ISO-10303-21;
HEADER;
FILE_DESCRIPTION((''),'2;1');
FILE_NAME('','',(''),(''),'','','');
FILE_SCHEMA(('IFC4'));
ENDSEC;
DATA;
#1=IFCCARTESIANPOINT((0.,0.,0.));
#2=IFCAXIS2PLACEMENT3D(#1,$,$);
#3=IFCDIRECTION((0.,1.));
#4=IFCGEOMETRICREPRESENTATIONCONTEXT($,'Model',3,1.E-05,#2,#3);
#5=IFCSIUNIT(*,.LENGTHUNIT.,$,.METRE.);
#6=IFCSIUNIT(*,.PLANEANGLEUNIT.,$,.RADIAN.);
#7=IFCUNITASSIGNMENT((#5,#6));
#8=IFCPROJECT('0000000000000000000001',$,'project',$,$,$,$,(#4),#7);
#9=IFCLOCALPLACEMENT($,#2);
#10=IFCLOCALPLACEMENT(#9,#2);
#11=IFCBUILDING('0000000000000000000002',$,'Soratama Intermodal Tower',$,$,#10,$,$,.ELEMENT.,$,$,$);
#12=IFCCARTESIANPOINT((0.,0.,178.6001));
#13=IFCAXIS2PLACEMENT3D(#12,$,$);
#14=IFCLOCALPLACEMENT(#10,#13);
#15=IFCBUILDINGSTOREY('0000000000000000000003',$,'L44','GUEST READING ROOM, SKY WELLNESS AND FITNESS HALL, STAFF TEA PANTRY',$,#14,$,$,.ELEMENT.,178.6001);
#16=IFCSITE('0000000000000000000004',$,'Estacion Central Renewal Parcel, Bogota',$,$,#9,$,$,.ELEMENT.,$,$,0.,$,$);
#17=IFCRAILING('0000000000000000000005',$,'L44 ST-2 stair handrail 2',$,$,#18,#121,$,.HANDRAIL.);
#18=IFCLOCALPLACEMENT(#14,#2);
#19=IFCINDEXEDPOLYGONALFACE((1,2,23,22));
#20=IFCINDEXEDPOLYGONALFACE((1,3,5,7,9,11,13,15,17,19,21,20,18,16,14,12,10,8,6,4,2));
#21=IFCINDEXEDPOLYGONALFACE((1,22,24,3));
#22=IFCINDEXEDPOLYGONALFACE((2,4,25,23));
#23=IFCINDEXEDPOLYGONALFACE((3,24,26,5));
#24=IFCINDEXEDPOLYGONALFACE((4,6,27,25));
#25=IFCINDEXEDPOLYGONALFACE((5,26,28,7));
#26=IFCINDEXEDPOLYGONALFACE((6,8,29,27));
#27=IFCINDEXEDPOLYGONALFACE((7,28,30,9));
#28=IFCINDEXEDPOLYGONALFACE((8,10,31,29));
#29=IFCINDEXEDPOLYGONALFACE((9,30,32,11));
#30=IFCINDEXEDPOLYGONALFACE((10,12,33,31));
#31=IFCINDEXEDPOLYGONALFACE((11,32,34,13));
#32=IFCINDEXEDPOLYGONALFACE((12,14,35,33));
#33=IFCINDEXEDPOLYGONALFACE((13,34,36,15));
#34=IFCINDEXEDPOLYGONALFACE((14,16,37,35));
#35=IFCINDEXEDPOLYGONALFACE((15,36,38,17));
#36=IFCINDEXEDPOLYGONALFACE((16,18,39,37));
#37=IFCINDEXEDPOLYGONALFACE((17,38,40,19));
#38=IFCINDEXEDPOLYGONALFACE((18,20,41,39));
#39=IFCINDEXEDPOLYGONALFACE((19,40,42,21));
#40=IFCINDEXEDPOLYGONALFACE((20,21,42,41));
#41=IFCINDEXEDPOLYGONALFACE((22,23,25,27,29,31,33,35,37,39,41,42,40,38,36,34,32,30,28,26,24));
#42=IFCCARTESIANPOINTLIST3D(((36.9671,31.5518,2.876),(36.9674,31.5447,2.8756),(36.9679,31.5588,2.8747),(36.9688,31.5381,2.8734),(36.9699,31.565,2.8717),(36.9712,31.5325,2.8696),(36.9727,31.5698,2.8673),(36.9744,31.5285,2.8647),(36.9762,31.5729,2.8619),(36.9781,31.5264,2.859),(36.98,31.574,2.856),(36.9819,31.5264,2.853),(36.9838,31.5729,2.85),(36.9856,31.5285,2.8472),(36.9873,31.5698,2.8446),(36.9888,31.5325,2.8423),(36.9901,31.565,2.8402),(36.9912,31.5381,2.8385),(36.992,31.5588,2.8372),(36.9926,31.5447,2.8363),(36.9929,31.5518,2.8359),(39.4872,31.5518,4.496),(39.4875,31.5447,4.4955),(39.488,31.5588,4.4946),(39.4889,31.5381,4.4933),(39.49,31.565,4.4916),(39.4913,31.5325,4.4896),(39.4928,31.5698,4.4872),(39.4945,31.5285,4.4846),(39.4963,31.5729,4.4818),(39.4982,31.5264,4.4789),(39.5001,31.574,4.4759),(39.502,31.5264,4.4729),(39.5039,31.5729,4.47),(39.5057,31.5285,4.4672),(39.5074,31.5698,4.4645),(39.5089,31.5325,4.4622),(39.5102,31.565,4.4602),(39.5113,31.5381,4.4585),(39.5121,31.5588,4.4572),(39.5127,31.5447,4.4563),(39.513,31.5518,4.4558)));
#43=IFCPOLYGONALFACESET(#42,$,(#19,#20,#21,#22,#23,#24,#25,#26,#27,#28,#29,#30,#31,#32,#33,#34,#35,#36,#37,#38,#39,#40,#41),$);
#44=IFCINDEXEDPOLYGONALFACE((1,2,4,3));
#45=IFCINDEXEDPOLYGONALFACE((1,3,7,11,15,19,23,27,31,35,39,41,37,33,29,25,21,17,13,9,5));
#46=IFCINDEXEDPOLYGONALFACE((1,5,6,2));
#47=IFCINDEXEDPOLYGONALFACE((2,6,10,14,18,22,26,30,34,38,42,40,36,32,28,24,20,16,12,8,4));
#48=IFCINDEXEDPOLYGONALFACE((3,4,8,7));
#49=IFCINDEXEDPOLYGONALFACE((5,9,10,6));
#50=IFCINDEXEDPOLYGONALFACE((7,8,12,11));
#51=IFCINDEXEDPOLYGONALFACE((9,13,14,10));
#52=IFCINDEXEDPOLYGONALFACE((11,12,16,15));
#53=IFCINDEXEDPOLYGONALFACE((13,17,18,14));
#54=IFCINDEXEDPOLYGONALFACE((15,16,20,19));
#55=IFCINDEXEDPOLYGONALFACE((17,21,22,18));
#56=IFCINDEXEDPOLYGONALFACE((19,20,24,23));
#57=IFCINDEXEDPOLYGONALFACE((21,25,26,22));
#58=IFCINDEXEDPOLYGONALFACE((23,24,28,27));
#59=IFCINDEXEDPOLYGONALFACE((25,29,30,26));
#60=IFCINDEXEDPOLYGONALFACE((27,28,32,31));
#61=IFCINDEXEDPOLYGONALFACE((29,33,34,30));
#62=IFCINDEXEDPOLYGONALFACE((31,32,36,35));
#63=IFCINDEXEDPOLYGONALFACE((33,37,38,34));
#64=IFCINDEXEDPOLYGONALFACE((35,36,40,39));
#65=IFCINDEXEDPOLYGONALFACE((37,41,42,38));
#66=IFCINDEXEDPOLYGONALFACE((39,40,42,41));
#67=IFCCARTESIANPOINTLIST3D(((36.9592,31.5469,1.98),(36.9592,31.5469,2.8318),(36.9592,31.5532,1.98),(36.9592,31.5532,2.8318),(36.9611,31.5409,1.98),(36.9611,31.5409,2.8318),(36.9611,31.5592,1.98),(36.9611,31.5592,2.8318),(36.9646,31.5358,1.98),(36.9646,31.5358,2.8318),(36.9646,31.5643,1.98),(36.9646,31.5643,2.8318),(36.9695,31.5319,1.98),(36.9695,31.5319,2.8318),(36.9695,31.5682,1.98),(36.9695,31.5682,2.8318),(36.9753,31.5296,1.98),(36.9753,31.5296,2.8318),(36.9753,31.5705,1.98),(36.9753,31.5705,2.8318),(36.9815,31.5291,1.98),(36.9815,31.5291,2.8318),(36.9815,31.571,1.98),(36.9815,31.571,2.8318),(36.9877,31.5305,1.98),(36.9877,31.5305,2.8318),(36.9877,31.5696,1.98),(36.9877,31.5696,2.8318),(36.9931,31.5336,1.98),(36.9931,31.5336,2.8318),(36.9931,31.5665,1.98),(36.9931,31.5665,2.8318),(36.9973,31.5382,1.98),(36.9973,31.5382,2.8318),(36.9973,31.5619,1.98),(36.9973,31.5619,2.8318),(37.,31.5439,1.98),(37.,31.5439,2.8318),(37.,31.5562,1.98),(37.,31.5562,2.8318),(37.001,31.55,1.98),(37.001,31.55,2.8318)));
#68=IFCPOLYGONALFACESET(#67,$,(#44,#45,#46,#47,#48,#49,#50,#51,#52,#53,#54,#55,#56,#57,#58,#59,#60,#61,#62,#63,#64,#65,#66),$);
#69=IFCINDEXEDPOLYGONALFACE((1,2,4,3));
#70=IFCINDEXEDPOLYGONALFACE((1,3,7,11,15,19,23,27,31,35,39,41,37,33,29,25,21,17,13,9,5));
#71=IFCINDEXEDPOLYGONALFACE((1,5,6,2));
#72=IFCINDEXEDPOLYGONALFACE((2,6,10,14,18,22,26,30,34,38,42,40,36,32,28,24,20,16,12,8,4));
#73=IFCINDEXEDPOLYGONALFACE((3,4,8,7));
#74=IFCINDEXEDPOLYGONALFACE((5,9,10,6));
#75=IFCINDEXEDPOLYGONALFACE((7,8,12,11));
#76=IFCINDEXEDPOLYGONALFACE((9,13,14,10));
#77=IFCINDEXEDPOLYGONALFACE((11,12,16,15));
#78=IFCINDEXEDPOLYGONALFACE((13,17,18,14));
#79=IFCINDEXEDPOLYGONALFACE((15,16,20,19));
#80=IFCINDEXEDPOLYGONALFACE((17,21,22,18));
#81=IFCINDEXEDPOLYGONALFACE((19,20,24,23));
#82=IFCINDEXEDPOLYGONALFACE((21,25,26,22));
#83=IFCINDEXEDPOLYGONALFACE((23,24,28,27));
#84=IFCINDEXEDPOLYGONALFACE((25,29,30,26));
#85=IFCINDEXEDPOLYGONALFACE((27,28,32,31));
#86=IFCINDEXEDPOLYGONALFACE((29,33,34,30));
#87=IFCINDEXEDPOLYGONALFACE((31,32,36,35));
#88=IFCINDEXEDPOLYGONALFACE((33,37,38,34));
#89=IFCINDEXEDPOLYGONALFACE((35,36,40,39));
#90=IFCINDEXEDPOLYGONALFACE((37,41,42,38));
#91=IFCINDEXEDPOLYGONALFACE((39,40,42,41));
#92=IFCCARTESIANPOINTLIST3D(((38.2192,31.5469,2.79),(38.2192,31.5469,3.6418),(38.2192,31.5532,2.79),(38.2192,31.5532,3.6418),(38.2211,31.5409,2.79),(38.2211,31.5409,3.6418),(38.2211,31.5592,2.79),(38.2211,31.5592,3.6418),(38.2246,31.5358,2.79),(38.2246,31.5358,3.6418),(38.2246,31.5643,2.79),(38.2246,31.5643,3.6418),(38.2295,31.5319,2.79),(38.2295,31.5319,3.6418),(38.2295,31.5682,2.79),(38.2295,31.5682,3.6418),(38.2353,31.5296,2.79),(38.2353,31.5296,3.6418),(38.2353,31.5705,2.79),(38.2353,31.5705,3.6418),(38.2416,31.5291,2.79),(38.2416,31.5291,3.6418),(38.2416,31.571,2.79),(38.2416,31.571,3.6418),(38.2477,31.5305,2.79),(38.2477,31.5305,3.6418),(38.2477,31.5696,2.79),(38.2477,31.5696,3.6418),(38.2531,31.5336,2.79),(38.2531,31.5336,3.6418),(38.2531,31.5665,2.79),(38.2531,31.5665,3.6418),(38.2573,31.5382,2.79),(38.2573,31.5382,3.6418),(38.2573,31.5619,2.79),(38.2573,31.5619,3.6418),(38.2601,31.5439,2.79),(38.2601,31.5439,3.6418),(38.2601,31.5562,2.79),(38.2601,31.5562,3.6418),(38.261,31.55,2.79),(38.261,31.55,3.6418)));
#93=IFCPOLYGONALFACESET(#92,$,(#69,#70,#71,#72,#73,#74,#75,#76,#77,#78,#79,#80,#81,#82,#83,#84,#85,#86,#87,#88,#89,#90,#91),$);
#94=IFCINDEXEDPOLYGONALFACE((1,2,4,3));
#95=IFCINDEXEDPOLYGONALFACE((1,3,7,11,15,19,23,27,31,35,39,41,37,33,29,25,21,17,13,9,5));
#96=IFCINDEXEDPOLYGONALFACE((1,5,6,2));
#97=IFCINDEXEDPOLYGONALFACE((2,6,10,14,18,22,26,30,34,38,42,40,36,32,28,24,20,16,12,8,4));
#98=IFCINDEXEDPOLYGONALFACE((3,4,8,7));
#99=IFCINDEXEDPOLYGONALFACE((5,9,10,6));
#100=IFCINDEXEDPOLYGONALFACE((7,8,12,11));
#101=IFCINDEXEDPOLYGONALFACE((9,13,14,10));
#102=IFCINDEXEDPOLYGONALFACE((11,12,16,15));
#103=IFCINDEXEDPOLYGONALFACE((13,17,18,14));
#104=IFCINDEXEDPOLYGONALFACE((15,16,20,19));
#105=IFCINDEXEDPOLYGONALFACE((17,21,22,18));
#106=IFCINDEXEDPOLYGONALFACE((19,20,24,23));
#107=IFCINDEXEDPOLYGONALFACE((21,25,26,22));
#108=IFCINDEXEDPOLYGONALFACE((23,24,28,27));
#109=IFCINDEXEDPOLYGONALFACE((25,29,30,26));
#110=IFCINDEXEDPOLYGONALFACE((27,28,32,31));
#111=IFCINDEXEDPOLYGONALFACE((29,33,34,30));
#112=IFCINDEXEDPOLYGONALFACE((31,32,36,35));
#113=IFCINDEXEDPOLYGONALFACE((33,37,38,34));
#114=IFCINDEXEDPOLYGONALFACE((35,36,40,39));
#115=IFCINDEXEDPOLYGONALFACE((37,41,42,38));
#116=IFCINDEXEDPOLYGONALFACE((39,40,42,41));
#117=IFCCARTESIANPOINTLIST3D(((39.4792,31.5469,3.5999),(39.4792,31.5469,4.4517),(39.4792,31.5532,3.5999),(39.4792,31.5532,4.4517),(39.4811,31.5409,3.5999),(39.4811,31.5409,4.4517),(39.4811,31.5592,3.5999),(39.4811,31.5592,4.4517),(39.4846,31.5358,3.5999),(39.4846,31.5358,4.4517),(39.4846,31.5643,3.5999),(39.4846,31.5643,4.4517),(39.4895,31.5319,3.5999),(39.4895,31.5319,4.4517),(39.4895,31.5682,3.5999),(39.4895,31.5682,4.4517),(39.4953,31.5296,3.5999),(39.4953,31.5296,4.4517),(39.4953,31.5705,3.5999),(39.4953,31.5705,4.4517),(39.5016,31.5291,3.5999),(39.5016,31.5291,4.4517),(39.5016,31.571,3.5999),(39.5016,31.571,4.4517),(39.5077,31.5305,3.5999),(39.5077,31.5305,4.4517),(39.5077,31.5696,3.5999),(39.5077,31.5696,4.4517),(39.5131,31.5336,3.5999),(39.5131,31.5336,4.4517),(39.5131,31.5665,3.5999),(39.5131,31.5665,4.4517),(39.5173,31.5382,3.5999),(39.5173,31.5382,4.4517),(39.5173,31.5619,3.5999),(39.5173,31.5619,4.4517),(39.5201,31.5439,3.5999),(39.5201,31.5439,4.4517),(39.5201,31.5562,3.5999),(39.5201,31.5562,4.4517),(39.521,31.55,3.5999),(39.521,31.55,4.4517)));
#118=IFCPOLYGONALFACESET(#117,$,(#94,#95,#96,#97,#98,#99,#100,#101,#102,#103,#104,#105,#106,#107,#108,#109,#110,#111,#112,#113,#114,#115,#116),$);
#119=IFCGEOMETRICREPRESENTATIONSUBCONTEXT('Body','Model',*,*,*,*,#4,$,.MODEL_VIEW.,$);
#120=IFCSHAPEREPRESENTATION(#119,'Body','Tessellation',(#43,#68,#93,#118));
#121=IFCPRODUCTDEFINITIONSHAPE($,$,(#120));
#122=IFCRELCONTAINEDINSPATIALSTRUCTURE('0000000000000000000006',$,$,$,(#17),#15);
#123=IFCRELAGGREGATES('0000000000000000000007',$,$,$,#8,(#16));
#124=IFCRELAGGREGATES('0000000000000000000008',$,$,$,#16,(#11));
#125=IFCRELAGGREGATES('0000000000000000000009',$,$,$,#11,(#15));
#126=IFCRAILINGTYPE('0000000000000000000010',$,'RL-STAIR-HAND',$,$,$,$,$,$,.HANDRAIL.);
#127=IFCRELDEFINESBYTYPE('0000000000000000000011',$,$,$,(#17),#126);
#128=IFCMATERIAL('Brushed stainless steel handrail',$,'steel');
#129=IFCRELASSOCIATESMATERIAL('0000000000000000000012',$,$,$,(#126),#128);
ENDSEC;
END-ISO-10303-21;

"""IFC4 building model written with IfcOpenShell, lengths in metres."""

from ifc_helpers import new_model, si_unit, direction, frame, origin, origin_2d, place, context, subcontext, project, spatial, circle, extrude, material, type_object, element, save


model = new_model("IFC4")

# Units and contexts
model_context = context("Model", 3, precision=1e-05, world=origin(), true_north=direction((0.0, 1.0)))
body_context = subcontext(model_context, "Body", "Model", "MODEL_VIEW")
ifc_project = project(units=[si_unit("LENGTHUNIT", "METRE"), si_unit("PLANEANGLEUNIT", "RADIAN")], contexts=[model_context])

# Site, building, storey
site_placement = place(None, origin())
site = spatial("IfcSite", under=ifc_project, at=site_placement, Name="Estacion Central Renewal Parcel, Bogota", CompositionType="ELEMENT", RefElevation=0.0)
building_placement = place(site_placement, origin())
building = spatial("IfcBuilding", under=site, at=building_placement, Name="Soratama Intermodal Tower", CompositionType="ELEMENT")
storey_placement = place(building_placement, frame((0.0, 0.0, 178.6001)))
storey = spatial("IfcBuildingStorey", under=building, at=storey_placement, Name="L44", Description="GUEST READING ROOM, SKY WELLNESS AND FITNESS HALL, STAFF TEA PANTRY", CompositionType="ELEMENT", Elevation=178.6001)

# Railing
ifc_material_1 = material(Name="Brushed stainless steel handrail", Category="steel")
railing_type_1 = type_object("IfcRailingType", Name="RL-STAIR-HAND", PredefinedType="HANDRAIL", material=ifc_material_1)
railing_1_placement = place(storey_placement, frame((36.98, 31.55, 1.98)))
element("IfcRailing", 1, at=railing_1_placement, inside=storey, type_object=railing_type_1, Name="L44 ST-2 stair handrail 2", PredefinedType="HANDRAIL", context=body_context, shape_type="SweptSolid", body=[
    extrude(circle(Radius=0.0239, at=origin_2d()), frame((0.0, 0.0, 0.876), z_axis=(0.8412, 0.0, 0.540725), x_axis=(0.0, 1.0, 0.0)), (0.0, 0.0, 1.0), 2.9958),
    extrude(circle(Radius=0.021, at=origin_2d()), origin(), (0.0, 0.0, 1.0), 0.8518),
    extrude(circle(Radius=0.021, at=origin_2d()), frame((1.26, 0.0, 0.8101)), (0.0, 0.0, 1.0), 0.8518),
    extrude(circle(Radius=0.021, at=origin_2d()), frame((2.52, 0.0, 1.6199)), (0.0, 0.0, 1.0), 0.8518),
])

save(model, "model.ifc")
